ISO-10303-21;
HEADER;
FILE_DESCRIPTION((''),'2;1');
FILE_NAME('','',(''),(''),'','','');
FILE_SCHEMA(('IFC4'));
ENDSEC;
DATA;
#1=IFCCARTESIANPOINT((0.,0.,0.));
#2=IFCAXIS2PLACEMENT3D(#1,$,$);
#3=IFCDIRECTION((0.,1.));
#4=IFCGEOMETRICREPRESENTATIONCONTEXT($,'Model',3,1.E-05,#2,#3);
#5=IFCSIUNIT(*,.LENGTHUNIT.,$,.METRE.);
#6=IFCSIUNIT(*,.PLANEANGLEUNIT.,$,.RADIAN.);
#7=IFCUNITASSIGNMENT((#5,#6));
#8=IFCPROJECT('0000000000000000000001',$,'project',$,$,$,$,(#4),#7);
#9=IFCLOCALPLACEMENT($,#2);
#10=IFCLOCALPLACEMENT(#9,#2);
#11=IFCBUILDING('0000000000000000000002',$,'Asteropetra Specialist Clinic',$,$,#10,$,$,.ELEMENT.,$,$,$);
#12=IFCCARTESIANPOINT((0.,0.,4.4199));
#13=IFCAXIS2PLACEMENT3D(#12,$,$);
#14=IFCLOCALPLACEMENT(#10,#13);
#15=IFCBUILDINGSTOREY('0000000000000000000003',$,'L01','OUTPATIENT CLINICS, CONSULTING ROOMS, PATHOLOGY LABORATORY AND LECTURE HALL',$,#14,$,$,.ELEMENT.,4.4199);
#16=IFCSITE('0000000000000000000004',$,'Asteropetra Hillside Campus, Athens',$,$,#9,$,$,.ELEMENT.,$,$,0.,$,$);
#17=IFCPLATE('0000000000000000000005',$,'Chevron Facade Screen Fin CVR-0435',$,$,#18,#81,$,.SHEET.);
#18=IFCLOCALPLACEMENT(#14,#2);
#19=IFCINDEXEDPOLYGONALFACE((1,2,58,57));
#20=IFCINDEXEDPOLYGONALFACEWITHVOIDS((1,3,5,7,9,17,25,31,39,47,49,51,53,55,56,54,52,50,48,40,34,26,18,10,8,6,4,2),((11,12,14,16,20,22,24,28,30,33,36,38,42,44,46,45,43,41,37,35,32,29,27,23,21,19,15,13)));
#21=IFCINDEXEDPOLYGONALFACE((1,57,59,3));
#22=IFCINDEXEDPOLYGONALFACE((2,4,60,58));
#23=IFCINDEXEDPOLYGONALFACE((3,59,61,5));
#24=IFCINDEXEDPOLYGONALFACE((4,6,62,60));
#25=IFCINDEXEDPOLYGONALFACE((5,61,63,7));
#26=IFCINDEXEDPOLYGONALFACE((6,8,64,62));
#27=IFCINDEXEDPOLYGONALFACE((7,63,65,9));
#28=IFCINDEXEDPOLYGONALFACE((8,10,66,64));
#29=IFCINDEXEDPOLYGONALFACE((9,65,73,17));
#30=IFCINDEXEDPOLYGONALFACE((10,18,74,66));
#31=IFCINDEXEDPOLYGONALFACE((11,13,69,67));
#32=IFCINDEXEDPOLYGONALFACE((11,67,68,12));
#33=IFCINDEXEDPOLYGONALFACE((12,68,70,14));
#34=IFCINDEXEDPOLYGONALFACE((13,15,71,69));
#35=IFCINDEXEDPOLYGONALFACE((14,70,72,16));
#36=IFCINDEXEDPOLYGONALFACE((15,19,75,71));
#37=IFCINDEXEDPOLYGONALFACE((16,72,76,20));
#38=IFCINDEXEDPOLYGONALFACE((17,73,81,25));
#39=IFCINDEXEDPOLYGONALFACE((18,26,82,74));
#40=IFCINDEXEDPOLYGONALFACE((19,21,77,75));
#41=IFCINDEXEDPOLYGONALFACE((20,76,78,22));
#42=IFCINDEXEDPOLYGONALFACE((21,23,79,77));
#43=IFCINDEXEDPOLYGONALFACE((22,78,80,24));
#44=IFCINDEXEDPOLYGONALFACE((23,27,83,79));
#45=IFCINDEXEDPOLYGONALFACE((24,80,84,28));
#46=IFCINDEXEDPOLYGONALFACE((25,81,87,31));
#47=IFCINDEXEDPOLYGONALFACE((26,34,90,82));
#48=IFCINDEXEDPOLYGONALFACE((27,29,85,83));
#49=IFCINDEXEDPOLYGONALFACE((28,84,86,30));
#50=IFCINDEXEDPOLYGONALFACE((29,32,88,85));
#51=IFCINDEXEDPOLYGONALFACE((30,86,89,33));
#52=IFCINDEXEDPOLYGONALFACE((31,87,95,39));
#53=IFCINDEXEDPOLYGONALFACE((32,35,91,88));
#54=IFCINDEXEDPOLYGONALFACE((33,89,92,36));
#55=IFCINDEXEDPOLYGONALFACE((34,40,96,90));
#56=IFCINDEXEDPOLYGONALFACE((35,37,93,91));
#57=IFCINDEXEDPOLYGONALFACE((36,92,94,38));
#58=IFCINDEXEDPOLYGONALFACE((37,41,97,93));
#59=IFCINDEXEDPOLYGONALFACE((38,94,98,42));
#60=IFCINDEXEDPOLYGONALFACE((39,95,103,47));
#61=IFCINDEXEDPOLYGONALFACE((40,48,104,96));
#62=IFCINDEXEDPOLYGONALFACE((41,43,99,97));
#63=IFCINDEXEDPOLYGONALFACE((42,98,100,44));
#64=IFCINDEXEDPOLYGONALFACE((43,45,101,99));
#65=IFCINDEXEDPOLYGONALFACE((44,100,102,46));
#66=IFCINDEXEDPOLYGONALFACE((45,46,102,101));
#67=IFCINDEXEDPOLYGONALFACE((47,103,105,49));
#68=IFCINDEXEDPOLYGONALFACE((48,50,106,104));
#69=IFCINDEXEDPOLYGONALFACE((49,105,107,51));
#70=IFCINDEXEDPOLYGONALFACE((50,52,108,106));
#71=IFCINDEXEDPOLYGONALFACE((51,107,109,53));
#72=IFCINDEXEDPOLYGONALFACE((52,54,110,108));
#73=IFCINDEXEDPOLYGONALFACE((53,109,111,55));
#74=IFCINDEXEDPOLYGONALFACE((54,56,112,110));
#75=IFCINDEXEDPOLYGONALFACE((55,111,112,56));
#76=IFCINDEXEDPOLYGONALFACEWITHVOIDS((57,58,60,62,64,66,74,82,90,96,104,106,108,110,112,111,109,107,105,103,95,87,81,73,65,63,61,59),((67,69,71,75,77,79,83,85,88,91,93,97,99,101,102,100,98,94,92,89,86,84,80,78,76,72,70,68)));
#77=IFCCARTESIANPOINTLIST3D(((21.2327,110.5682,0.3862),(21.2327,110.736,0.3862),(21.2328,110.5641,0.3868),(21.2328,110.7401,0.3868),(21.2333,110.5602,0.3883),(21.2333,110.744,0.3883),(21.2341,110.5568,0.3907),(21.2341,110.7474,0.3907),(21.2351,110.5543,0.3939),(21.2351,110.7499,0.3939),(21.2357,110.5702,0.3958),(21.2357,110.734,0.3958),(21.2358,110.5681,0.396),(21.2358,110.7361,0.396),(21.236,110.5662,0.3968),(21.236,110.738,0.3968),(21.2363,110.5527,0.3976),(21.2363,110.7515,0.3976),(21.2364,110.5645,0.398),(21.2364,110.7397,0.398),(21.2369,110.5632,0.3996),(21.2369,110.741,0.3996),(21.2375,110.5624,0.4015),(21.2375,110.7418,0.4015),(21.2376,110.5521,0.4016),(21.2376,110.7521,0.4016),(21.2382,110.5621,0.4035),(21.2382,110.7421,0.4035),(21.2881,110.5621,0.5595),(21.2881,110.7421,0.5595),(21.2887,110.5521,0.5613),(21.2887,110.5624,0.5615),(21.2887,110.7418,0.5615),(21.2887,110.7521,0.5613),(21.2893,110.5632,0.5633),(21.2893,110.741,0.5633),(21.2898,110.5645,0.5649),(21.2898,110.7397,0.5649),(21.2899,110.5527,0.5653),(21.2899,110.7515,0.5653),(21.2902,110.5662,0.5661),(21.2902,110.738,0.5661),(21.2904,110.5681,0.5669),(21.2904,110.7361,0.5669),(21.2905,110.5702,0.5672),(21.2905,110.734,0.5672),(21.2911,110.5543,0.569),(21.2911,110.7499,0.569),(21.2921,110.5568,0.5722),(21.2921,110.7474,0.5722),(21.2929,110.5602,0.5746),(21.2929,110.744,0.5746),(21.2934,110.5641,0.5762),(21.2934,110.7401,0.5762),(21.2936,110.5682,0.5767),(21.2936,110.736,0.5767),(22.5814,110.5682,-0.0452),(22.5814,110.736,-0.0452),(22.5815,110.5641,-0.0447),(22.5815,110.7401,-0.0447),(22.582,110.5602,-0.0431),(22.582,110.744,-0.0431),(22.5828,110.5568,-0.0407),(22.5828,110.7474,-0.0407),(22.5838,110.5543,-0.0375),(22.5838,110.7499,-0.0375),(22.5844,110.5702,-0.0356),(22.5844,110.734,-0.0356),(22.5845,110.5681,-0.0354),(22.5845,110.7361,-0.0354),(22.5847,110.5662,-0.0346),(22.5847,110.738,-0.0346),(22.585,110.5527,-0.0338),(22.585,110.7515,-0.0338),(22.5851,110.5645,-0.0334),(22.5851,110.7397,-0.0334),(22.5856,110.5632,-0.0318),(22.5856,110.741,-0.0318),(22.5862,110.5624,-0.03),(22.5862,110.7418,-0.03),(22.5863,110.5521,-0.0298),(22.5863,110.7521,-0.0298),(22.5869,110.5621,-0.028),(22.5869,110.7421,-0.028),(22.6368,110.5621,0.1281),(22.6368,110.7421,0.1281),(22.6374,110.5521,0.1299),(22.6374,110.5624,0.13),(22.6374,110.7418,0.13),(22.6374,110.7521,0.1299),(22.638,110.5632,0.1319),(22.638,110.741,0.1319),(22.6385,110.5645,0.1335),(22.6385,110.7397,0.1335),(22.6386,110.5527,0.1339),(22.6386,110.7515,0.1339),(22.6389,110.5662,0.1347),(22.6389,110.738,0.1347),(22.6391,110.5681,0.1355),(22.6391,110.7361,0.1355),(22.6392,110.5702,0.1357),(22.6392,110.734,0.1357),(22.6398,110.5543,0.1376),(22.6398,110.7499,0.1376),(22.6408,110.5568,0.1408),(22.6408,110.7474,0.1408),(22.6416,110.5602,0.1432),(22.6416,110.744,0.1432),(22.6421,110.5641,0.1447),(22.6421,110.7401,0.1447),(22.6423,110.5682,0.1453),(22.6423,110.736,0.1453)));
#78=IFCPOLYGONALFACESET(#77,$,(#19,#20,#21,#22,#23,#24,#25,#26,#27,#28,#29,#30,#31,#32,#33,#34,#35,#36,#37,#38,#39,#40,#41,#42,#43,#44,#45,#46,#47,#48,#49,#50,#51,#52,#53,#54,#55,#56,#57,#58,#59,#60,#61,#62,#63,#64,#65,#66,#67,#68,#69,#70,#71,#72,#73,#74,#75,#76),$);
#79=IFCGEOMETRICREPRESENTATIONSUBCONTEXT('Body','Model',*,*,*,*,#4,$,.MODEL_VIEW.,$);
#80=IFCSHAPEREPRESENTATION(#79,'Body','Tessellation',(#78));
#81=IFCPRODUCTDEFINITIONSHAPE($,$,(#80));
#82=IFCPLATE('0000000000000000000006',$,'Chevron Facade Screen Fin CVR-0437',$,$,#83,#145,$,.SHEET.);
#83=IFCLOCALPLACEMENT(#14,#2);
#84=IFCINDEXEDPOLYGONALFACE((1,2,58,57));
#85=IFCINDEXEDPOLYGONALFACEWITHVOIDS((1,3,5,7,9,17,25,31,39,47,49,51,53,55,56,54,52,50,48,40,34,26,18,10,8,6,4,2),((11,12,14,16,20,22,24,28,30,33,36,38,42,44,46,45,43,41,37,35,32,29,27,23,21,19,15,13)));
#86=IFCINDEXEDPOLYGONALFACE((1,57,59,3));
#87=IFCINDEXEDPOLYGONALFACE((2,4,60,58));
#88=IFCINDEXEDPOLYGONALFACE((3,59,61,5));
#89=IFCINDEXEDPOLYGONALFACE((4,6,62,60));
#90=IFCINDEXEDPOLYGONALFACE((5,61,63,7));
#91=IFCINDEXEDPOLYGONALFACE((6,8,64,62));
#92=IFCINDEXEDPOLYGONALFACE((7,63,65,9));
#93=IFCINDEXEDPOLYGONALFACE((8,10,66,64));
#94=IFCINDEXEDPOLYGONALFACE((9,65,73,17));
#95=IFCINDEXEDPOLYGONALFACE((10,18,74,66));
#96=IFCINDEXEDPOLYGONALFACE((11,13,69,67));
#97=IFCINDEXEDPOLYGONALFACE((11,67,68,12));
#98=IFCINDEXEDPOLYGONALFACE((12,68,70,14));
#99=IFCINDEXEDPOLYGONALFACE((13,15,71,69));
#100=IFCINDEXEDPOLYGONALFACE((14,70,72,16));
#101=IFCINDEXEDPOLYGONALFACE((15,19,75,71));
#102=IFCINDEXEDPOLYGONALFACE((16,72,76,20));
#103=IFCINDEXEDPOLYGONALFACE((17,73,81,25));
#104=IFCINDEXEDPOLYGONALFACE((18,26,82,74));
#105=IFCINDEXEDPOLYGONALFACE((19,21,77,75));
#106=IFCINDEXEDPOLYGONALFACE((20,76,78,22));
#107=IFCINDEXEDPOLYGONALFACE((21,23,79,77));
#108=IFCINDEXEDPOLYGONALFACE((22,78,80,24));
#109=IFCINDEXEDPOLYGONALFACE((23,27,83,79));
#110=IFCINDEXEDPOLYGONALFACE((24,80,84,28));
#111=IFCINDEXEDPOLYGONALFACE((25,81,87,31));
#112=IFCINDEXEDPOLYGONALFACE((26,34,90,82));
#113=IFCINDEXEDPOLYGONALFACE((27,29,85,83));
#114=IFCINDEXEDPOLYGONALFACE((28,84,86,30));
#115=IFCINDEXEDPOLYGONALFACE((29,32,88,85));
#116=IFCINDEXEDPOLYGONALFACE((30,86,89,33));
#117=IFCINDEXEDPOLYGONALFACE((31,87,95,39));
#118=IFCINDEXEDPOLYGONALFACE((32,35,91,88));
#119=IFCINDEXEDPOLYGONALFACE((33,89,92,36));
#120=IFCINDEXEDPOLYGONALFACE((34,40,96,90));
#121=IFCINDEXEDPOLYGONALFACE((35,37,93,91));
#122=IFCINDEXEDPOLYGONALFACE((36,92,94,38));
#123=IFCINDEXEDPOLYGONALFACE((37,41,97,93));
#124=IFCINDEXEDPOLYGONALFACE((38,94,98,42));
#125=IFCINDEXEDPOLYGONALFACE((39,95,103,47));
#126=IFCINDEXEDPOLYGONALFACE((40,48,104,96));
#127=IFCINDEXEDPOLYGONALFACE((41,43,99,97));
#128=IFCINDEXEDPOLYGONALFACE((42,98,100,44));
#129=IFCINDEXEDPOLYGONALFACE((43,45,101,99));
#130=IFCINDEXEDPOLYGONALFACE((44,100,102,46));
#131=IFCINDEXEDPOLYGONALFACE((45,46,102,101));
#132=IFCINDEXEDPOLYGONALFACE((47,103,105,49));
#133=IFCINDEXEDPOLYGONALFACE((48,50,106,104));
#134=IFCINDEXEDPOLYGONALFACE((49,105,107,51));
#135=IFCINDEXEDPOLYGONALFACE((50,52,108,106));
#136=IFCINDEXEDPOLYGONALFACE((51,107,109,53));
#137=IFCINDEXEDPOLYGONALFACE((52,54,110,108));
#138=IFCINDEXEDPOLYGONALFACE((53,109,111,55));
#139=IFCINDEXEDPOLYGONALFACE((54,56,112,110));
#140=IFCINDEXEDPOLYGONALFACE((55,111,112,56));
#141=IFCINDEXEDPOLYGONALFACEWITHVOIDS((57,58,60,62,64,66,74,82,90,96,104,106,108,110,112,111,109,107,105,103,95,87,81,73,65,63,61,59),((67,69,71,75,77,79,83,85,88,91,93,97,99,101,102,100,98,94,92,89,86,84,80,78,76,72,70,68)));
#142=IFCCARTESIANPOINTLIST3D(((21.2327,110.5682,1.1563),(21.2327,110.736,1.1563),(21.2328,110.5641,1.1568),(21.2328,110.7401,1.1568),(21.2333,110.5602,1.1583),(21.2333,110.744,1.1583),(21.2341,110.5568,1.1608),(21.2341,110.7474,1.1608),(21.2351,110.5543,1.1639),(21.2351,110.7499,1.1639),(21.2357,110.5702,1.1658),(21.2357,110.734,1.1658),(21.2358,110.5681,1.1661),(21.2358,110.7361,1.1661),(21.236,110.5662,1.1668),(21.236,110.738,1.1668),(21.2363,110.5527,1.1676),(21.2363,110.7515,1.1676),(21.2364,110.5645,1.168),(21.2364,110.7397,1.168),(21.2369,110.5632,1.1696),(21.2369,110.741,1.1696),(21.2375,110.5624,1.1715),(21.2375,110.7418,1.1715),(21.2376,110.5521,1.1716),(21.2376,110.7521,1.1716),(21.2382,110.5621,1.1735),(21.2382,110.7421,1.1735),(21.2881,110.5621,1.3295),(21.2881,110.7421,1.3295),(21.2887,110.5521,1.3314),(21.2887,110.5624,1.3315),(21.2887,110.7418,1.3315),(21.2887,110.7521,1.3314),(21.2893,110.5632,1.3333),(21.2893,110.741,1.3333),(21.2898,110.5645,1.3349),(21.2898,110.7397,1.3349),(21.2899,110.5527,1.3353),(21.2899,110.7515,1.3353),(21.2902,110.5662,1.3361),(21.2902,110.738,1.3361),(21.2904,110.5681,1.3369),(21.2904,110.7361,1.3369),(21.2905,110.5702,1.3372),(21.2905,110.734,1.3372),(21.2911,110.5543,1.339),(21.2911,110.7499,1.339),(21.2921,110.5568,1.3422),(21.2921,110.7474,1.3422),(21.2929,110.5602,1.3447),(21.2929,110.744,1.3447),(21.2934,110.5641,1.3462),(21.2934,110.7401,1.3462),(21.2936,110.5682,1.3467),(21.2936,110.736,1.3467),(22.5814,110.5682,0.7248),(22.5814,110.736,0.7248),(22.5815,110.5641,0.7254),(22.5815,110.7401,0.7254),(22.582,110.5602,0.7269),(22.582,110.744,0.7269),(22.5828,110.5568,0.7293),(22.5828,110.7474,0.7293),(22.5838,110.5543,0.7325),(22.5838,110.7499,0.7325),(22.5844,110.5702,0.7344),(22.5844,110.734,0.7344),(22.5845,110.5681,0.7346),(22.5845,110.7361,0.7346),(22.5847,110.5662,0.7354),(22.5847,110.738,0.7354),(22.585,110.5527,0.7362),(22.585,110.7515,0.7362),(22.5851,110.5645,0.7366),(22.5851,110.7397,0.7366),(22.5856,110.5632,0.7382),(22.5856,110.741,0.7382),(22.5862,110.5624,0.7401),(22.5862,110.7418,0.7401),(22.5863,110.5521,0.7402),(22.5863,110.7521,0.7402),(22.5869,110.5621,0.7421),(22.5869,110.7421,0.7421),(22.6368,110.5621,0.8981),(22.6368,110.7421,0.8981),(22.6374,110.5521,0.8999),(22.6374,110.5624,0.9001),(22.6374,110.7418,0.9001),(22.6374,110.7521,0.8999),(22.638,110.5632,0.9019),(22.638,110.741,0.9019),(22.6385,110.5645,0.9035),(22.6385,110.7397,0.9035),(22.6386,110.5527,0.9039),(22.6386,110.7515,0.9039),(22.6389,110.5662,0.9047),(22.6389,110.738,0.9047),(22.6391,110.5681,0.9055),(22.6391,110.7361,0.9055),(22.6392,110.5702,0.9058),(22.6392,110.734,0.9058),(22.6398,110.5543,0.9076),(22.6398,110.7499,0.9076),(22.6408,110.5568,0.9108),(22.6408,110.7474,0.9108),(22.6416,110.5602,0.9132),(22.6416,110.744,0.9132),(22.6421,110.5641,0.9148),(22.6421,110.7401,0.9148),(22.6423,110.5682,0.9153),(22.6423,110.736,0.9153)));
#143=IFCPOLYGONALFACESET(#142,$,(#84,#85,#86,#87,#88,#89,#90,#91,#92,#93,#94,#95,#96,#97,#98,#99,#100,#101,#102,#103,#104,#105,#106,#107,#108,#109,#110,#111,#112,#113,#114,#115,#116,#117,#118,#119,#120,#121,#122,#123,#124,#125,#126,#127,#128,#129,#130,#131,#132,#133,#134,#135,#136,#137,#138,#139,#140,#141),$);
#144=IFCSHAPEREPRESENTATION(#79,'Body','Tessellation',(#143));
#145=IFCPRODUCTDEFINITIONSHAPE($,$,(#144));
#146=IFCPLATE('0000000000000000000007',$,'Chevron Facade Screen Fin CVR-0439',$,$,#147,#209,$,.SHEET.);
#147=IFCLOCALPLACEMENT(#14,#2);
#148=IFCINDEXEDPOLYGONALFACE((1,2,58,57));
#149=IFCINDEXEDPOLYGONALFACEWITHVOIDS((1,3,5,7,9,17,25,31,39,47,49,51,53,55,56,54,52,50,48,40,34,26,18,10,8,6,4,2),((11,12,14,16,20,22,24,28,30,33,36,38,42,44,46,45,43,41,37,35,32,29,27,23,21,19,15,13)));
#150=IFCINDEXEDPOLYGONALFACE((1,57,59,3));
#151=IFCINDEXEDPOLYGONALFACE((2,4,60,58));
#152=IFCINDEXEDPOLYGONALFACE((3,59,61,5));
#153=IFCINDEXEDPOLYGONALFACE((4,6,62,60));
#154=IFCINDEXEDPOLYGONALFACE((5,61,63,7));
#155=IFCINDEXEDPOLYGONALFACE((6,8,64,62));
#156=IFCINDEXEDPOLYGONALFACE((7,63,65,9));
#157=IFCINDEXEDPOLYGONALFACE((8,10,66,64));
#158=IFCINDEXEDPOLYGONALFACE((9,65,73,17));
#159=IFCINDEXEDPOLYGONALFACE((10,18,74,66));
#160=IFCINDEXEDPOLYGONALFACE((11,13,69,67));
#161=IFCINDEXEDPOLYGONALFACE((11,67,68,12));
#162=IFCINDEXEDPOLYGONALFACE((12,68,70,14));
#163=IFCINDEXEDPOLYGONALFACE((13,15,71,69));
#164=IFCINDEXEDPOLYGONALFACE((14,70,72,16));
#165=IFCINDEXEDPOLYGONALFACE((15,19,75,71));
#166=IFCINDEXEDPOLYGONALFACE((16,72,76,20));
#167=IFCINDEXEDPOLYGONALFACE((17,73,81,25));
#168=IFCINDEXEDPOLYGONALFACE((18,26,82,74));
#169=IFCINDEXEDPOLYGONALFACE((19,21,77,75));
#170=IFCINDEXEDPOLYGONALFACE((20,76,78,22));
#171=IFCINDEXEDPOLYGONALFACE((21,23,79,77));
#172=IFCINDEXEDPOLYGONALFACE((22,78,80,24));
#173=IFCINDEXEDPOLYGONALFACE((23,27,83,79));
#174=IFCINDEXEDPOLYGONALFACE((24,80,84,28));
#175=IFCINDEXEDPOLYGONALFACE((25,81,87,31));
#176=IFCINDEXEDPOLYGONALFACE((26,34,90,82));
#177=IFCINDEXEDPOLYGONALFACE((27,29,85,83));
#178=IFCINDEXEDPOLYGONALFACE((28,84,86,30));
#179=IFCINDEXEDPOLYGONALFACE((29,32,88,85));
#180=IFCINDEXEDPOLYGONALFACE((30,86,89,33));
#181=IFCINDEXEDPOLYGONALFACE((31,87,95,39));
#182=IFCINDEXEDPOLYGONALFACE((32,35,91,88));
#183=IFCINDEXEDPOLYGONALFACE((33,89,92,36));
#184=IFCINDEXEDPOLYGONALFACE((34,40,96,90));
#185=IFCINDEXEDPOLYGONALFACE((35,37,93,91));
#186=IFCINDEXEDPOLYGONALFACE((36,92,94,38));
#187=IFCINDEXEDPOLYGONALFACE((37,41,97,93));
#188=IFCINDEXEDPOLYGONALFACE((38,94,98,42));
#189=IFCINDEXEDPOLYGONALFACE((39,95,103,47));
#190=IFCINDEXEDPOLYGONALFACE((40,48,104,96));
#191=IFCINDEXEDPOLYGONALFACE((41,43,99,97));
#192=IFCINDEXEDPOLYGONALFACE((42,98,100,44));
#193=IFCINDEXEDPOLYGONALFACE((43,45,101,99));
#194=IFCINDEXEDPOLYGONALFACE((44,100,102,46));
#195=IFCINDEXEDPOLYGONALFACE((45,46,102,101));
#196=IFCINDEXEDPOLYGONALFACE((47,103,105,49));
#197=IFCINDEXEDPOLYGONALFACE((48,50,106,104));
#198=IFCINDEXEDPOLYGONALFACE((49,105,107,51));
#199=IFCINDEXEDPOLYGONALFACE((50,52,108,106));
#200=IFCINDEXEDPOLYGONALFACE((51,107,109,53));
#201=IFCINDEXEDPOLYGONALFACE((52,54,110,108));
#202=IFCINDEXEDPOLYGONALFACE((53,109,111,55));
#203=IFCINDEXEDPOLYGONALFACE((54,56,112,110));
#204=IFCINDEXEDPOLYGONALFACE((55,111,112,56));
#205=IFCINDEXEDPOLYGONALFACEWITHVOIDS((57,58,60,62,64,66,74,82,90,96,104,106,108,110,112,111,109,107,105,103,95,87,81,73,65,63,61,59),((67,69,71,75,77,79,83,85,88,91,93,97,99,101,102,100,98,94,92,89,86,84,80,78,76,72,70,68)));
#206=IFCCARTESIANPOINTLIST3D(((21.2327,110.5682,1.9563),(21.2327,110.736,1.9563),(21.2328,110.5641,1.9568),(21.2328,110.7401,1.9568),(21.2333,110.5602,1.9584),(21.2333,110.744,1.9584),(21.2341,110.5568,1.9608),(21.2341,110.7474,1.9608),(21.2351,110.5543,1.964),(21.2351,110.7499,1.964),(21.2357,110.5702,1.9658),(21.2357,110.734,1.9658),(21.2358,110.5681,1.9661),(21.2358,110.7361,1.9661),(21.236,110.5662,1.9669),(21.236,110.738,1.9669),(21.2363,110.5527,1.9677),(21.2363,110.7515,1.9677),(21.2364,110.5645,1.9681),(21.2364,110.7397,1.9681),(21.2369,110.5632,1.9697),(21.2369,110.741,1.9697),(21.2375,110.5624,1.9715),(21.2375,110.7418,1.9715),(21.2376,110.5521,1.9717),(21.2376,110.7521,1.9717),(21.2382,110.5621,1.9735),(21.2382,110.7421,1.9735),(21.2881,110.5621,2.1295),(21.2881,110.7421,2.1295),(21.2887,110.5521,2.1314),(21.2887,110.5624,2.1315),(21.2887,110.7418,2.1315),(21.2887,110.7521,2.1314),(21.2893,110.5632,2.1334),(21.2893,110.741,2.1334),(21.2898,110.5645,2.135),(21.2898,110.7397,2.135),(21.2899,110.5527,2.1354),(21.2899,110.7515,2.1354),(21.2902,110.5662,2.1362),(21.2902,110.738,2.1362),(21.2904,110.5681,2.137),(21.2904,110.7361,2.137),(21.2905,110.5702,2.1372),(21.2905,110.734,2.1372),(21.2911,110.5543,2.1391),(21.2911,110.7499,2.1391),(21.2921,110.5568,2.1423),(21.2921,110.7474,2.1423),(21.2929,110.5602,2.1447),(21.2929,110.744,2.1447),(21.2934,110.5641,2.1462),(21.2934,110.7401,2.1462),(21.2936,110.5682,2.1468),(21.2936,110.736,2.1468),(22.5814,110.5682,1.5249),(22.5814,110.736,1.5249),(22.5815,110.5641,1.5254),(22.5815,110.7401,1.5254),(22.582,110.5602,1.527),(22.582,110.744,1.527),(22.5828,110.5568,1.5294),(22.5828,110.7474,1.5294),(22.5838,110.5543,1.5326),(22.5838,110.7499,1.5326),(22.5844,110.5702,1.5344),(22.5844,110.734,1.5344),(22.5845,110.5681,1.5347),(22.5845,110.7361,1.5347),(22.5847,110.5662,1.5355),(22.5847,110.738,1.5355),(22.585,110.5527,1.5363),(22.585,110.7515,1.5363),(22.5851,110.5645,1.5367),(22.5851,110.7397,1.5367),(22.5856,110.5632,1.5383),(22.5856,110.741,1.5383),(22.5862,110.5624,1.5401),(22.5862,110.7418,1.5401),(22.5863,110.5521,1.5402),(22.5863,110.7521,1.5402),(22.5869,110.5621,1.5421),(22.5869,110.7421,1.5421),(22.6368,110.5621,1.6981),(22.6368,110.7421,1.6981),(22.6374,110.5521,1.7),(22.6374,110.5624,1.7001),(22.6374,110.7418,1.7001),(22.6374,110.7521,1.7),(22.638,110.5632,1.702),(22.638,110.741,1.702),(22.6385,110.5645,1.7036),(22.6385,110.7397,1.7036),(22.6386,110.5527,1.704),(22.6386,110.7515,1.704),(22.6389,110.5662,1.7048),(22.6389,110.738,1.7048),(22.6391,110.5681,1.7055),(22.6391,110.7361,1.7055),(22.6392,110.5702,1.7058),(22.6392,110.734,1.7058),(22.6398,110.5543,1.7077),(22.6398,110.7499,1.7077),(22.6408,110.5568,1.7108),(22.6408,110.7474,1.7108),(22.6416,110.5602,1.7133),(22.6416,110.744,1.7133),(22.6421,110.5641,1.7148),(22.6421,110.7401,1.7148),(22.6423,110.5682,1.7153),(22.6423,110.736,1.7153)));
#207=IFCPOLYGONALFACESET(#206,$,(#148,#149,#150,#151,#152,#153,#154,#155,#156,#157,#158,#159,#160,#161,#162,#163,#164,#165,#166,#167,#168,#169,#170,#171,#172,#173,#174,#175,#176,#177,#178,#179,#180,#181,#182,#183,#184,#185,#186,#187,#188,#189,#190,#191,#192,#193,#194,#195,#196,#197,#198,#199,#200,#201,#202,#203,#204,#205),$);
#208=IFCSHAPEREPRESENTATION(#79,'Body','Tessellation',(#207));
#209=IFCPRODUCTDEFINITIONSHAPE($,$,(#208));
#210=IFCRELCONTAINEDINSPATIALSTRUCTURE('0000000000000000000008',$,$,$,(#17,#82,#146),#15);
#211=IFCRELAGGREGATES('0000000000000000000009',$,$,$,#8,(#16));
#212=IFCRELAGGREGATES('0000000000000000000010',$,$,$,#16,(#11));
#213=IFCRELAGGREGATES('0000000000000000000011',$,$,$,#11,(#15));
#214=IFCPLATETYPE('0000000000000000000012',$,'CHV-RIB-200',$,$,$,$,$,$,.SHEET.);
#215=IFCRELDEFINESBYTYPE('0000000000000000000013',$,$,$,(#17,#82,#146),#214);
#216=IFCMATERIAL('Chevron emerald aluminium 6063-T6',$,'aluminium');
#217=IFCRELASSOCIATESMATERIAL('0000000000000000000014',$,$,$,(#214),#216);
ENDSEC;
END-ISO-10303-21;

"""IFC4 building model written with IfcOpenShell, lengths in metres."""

from ifc_helpers import new_model, si_unit, direction, frame, origin, origin_2d, place, context, subcontext, project, spatial, hollow_rectangle, extrude, material, material_profile, profile_set, type_object, element, save


model = new_model("IFC4")

# Units and contexts
model_context = context("Model", 3, precision=1e-05, world=origin(), true_north=direction((0.0, 1.0)))
body_context = subcontext(model_context, "Body", "Model", "MODEL_VIEW")
ifc_project = project(units=[si_unit("LENGTHUNIT", "METRE"), si_unit("PLANEANGLEUNIT", "RADIAN")], contexts=[model_context])

# Site, building, storey
site_placement = place(None, origin())
site = spatial("IfcSite", under=ifc_project, at=site_placement, Name="Asteropetra Hillside Campus, Athens", CompositionType="ELEMENT", RefElevation=0.0)
building_placement = place(site_placement, origin())
building = spatial("IfcBuilding", under=site, at=building_placement, Name="Asteropetra Specialist Clinic", CompositionType="ELEMENT")
storey_placement = place(building_placement, frame((0.0, 0.0, 4.4199)))
storey = spatial("IfcBuildingStorey", under=building, at=storey_placement, Name="L01", Description="OUTPATIENT CLINICS, CONSULTING ROOMS, PATHOLOGY LABORATORY AND LECTURE HALL", CompositionType="ELEMENT", Elevation=4.4199)

# Plates
ifc_material_1 = material(Name="Chevron emerald aluminium 6063-T6", Category="aluminium")
ifc_material_profile = material_profile(ifc_material_1, hollow_rectangle(XDim=0.2, YDim=0.2, WallThickness=0.01, InnerFilletRadius=0.0081, OuterFilletRadius=0.0161, at=origin_2d()), Name="SHS 200x200x10.0")
ifc_profile_set = profile_set([ifc_material_profile], Name="Chevron emerald aluminium 6063-T6")
plate_type_1 = type_object("IfcPlateType", Name="CHV-RIB-200", PredefinedType="SHEET", material=ifc_profile_set)
for number, where, z_axis, x_axis, name in (
    (1, (22.6118, 110.6521, 0.05), (-0.952458, 0.0, 0.304669), (0.0, -1.0, 0.0), "Chevron Facade Screen Fin CVR-0435"),
    (2, (22.6118, 110.6521, 0.8201), (-0.952458, 0.0, 0.304669), (0.0, -1.0, 0.0), "Chevron Facade Screen Fin CVR-0437"),
    (3, (22.6118, 110.6521, 1.6201), (-0.952458, 0.0, 0.304669), (0.0, -1.0, 0.0), "Chevron Facade Screen Fin CVR-0439"),
):
    element("IfcPlate", number, at=place(storey_placement, frame(where, z_axis=z_axis, x_axis=x_axis)), inside=storey, type_object=plate_type_1, Name=name, PredefinedType="SHEET", context=body_context, shape_type="SweptSolid", body=[
        extrude(hollow_rectangle(XDim=0.2, YDim=0.2, WallThickness=0.01, InnerFilletRadius=0.0081, OuterFilletRadius=0.0161, at=origin_2d()), origin(), (0.0, 0.0, 1.0), 1.416),
    ])

save(model, "model.ifc")
